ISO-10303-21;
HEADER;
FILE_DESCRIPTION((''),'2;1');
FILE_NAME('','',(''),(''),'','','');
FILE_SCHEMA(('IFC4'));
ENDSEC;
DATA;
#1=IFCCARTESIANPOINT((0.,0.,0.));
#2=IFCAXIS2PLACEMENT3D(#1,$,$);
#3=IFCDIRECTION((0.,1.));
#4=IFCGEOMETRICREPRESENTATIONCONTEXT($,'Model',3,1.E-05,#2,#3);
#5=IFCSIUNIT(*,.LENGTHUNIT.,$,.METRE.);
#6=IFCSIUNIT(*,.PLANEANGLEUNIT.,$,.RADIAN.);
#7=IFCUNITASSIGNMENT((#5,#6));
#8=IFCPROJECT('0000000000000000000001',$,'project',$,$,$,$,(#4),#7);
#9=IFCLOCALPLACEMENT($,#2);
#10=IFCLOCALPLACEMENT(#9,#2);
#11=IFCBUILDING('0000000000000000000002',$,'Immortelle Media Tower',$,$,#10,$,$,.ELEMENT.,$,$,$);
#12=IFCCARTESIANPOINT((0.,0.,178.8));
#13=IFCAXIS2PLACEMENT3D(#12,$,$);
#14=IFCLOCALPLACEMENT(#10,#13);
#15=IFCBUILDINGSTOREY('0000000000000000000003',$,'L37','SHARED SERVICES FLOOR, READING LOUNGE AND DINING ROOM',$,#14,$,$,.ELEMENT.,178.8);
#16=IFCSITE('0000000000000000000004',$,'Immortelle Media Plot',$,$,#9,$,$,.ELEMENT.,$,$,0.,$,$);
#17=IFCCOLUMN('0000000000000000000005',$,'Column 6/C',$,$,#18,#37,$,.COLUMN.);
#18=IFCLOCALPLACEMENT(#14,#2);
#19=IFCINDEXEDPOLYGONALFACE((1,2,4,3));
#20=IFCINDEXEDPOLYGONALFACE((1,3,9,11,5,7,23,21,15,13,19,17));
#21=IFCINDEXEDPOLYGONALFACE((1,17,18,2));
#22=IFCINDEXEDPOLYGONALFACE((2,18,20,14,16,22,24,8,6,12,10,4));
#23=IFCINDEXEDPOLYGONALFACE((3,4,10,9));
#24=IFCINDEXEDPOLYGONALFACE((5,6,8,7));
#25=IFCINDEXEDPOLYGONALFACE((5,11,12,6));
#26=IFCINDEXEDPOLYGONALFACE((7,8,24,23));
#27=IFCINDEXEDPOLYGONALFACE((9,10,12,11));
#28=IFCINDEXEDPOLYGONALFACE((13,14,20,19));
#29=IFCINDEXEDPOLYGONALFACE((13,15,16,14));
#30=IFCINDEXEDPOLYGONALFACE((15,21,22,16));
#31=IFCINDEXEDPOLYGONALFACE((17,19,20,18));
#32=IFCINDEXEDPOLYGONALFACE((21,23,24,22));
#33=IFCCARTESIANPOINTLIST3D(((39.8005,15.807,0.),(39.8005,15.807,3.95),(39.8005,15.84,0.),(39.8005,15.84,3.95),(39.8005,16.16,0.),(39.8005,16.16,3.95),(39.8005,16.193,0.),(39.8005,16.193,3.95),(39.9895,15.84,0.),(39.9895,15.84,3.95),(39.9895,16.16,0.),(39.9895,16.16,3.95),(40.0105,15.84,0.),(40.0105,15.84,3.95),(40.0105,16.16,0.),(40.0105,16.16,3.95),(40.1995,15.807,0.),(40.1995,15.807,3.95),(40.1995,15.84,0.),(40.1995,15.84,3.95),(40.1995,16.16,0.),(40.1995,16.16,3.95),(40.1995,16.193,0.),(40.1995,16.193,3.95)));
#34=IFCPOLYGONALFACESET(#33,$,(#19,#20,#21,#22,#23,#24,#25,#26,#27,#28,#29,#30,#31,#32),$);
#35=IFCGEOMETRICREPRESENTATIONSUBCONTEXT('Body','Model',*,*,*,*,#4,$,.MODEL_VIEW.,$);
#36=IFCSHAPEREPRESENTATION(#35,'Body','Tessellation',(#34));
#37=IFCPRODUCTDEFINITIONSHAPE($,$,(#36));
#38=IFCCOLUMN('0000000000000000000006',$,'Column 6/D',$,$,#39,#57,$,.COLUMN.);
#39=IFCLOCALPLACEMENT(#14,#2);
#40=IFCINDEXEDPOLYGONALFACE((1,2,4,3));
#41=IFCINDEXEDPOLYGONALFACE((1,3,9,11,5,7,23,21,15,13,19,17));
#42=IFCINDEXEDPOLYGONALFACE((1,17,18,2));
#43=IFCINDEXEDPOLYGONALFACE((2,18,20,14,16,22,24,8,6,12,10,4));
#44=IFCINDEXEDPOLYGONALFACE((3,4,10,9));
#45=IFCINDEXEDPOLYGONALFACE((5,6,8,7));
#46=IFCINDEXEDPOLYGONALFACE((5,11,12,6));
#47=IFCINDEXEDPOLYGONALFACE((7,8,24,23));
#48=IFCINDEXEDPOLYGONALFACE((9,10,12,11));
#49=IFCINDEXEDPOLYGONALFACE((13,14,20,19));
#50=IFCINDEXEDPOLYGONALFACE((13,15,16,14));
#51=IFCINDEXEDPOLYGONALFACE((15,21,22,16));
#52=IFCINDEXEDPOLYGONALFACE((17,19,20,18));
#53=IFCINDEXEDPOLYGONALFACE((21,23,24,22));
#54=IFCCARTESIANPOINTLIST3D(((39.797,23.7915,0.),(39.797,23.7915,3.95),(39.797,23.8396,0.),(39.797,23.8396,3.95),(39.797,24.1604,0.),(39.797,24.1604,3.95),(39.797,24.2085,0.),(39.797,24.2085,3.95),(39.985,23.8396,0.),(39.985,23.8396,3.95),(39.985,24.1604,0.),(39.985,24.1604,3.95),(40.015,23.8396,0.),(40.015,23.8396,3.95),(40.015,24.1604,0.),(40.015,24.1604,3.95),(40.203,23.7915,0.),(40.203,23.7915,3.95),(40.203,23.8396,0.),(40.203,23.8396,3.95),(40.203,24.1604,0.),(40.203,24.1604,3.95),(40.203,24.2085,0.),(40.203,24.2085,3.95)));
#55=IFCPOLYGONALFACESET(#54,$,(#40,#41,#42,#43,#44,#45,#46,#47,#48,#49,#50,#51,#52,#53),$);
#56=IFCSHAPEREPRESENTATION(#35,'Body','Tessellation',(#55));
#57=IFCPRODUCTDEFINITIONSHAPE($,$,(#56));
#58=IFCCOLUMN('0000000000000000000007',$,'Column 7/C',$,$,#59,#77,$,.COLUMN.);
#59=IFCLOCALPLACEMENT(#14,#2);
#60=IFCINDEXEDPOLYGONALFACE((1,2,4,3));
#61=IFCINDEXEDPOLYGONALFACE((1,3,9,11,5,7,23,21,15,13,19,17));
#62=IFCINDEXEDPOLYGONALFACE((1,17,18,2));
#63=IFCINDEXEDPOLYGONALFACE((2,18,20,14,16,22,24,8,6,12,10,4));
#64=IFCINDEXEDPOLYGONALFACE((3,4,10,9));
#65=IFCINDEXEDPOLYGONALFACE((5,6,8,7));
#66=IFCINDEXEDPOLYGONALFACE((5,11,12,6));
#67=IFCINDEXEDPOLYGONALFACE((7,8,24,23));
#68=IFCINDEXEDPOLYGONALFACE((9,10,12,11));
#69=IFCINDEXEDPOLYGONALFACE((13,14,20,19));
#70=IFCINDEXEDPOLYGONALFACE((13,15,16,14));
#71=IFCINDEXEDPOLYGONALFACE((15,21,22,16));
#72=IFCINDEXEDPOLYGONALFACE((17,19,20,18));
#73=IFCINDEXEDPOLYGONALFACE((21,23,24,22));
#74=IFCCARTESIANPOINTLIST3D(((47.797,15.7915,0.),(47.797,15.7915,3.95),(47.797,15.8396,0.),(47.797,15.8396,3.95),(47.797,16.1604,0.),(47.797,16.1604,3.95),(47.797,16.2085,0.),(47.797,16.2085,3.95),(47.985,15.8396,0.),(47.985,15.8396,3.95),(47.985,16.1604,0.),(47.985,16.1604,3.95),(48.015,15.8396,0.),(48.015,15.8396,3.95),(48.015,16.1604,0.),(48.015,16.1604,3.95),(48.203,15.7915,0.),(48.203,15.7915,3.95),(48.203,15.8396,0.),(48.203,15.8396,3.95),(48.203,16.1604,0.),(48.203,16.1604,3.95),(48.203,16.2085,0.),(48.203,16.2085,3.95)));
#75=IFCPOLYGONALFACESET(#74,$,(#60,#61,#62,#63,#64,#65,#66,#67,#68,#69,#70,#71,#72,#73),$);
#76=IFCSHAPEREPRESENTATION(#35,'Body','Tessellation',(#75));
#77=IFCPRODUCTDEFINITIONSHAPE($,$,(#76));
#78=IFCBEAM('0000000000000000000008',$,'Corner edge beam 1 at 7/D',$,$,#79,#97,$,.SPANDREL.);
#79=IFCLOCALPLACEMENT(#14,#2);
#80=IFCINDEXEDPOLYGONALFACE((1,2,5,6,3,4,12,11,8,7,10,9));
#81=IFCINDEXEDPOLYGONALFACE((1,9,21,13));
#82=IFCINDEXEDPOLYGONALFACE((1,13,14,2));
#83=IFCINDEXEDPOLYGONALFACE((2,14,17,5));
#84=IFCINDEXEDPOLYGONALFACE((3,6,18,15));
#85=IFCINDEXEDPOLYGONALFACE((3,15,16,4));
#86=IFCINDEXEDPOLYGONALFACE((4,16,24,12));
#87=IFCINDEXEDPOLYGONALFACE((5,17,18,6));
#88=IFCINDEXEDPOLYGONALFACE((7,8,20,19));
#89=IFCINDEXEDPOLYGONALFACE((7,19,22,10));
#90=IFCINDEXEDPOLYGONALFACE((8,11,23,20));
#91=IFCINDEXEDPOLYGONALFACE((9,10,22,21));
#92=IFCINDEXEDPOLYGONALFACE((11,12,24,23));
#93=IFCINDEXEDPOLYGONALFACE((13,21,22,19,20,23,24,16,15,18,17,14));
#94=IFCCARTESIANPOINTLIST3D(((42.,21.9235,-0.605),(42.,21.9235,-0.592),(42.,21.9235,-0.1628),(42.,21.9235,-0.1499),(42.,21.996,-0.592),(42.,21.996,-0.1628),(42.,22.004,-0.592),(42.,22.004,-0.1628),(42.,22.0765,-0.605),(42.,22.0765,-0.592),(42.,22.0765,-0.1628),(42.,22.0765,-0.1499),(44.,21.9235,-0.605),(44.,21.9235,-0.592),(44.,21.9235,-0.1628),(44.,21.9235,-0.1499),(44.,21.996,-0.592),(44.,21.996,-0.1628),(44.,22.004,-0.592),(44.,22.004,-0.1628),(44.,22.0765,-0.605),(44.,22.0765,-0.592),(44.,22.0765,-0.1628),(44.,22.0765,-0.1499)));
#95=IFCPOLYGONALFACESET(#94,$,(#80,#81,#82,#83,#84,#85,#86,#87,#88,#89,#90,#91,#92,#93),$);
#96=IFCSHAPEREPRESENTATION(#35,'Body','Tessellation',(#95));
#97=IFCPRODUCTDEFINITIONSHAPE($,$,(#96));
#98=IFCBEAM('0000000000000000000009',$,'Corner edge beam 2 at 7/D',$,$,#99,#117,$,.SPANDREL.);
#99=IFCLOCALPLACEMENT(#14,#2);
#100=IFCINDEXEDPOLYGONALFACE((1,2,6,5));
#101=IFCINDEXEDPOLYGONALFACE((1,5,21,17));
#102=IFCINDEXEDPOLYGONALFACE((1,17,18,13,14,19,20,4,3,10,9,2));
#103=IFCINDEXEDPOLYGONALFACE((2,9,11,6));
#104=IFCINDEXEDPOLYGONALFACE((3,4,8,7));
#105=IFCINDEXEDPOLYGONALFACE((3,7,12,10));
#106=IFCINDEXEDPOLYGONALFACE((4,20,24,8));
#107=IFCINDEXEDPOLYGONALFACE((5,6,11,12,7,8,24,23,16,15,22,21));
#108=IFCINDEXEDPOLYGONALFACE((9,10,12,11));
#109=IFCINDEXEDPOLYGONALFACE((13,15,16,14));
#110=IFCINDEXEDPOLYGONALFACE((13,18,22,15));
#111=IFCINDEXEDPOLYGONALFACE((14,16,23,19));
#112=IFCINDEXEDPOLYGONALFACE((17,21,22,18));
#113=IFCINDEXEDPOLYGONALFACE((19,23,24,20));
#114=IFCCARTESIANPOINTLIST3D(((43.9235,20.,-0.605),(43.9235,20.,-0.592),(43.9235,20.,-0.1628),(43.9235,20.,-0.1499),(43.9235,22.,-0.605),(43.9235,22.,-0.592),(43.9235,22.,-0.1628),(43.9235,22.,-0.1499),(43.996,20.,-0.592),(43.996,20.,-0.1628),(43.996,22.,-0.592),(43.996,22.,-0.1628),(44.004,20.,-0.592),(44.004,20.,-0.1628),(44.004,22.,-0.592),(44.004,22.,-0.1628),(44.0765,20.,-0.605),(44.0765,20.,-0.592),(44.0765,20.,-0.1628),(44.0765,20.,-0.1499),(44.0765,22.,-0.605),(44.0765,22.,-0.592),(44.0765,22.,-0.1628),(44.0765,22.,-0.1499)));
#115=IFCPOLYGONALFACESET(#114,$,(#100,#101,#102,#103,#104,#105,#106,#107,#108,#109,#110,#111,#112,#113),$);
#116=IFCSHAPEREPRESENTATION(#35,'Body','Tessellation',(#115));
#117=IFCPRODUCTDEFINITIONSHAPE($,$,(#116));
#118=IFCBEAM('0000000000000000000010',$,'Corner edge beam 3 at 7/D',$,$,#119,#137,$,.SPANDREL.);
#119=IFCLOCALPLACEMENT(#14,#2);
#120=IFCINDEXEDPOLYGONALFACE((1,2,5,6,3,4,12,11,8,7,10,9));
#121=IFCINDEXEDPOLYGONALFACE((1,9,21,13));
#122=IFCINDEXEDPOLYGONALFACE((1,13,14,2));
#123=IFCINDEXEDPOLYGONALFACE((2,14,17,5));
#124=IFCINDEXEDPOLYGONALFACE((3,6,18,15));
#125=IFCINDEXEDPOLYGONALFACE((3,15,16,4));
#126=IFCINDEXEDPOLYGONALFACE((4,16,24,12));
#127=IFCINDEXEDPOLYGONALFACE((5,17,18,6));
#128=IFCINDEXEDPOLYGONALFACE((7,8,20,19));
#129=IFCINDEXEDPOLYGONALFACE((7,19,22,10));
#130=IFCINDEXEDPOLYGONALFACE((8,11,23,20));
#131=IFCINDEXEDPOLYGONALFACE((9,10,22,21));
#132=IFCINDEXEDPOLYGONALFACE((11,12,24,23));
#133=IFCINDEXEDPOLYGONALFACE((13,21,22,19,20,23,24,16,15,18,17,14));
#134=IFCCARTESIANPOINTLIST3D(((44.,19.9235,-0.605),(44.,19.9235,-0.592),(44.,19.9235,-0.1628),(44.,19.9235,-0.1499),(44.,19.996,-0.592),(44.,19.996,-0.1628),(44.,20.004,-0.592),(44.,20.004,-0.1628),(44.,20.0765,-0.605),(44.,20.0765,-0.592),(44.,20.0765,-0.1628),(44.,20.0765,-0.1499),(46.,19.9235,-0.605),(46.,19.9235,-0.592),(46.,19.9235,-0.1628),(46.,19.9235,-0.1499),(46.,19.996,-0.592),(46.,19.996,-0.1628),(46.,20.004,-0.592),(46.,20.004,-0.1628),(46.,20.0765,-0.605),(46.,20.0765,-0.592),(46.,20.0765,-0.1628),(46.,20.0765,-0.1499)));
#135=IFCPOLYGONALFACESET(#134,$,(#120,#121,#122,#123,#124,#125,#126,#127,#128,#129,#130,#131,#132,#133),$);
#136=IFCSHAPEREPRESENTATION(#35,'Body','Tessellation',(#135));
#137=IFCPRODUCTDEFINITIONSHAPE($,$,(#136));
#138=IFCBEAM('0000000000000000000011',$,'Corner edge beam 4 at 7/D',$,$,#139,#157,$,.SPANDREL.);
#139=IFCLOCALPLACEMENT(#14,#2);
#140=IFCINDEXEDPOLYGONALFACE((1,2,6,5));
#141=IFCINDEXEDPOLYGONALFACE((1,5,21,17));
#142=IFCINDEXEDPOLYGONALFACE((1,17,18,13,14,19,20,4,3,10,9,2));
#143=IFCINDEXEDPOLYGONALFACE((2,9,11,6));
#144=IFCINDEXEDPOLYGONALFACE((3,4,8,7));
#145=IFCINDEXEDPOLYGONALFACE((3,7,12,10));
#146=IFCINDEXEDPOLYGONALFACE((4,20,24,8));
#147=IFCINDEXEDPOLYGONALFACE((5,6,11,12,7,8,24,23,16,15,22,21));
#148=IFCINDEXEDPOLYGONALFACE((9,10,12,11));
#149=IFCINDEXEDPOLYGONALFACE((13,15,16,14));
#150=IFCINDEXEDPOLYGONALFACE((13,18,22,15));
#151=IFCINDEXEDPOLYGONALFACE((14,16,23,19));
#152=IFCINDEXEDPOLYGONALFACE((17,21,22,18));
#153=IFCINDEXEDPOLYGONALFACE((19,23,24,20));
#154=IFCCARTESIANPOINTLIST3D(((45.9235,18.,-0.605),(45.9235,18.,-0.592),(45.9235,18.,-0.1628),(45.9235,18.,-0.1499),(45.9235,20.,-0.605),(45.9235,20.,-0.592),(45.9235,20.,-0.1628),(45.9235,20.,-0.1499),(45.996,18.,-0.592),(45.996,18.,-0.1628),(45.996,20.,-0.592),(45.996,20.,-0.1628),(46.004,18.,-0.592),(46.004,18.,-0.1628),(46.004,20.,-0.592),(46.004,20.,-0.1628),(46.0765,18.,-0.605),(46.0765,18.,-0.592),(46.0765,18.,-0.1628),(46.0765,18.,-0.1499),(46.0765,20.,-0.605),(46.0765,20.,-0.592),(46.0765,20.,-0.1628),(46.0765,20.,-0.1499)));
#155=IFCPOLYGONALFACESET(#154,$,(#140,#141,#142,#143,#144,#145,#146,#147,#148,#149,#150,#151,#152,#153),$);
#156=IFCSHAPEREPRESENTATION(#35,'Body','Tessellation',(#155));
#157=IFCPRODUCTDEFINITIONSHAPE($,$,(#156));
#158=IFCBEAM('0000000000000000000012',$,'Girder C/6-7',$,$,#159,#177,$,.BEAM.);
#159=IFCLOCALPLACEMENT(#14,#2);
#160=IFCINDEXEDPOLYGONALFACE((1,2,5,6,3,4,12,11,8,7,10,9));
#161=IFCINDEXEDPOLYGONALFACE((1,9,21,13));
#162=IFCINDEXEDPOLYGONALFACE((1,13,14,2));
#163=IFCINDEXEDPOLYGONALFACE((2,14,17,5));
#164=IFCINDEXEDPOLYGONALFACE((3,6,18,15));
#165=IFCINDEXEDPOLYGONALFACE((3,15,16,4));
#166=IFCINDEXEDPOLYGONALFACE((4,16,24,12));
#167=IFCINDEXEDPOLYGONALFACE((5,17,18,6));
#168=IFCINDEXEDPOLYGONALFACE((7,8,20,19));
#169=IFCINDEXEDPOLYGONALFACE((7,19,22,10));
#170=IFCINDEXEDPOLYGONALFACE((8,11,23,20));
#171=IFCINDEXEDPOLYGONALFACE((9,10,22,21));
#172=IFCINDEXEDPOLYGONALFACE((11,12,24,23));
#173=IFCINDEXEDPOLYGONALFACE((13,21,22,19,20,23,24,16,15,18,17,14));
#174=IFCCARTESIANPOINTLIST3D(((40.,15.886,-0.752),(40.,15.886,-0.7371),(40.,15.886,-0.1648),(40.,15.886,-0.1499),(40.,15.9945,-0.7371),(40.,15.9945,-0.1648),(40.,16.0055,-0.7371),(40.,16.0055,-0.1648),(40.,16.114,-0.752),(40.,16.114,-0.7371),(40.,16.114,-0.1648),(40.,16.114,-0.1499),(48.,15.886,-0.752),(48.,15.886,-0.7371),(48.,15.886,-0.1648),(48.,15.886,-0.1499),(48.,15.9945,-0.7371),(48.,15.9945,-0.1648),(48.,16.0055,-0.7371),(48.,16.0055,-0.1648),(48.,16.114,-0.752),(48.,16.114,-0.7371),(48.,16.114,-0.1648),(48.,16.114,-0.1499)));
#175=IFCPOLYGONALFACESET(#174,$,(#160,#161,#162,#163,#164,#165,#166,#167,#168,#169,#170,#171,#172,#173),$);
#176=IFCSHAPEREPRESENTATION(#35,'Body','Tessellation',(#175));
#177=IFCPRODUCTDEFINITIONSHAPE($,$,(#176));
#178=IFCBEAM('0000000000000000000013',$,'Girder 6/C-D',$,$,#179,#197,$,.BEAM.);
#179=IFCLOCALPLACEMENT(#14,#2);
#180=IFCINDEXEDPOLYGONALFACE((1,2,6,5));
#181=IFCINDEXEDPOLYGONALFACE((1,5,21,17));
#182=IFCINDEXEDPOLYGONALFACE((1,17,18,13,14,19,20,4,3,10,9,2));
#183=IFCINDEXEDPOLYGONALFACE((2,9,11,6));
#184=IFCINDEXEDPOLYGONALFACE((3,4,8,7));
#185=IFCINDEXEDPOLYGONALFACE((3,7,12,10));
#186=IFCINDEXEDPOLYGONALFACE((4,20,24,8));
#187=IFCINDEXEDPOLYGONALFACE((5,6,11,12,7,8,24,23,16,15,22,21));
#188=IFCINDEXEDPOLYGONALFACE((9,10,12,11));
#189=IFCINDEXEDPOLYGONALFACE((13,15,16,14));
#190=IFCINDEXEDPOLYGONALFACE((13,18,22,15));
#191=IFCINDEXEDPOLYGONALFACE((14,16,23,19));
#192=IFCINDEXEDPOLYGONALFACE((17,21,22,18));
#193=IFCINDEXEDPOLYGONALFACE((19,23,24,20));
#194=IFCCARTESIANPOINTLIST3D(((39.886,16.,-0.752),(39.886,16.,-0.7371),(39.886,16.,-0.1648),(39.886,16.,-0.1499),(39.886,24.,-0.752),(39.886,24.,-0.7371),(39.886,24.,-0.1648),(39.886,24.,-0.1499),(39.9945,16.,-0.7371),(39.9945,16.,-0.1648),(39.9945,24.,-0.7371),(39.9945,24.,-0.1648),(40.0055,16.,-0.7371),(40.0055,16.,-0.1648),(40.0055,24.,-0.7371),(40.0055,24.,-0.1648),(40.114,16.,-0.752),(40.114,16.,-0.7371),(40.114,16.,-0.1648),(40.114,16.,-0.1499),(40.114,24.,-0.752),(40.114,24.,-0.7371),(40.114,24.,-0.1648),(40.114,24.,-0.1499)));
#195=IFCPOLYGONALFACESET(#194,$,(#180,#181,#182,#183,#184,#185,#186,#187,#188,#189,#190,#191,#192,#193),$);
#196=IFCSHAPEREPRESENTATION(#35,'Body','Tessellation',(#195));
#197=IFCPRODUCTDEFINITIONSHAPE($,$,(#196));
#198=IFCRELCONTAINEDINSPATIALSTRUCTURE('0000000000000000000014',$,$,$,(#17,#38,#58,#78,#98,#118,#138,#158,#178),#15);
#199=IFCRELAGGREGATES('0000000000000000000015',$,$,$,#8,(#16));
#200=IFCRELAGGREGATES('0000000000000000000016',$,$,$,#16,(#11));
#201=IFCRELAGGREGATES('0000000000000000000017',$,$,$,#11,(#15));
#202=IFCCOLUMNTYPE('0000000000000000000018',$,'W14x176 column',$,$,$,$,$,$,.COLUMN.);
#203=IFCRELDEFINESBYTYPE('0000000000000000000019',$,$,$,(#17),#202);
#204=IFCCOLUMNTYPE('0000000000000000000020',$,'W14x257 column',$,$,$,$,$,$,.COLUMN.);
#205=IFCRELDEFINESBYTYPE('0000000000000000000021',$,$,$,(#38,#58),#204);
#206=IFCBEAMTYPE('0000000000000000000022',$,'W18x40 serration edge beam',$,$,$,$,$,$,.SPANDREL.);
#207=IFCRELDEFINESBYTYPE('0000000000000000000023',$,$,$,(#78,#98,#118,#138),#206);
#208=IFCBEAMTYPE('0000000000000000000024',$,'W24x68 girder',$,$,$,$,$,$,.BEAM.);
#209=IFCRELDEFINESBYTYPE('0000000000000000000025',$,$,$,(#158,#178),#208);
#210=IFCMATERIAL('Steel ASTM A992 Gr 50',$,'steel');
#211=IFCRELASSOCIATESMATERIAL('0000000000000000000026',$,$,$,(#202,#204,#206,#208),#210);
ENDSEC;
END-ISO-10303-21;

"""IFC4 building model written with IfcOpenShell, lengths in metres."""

from ifc_helpers import new_model, si_unit, direction, frame, origin, origin_2d, place, context, subcontext, project, spatial, i_section, extrude, material, material_profile, profile_set, type_object, element, save


model = new_model("IFC4")

# Units and contexts
model_context = context("Model", 3, precision=1e-05, world=origin(), true_north=direction((0.0, 1.0)))
body_context = subcontext(model_context, "Body", "Model", "MODEL_VIEW")
ifc_project = project(units=[si_unit("LENGTHUNIT", "METRE"), si_unit("PLANEANGLEUNIT", "RADIAN")], contexts=[model_context])

# Site, building, storey
site_placement = place(None, origin())
site = spatial("IfcSite", under=ifc_project, at=site_placement, Name="Immortelle Media Plot", CompositionType="ELEMENT", RefElevation=0.0)
building_placement = place(site_placement, origin())
building = spatial("IfcBuilding", under=site, at=building_placement, Name="Immortelle Media Tower", CompositionType="ELEMENT")
storey_placement = place(building_placement, frame((0.0, 0.0, 178.8)))
storey = spatial("IfcBuildingStorey", under=building, at=storey_placement, Name="L37", Description="SHARED SERVICES FLOOR, READING LOUNGE AND DINING ROOM", CompositionType="ELEMENT", Elevation=178.8)

# Columns
ifc_material_1 = material(Name="Steel ASTM A992 Gr 50", Category="steel")
ifc_material_profile_1 = material_profile(ifc_material_1, i_section(OverallWidth=0.3989, OverallDepth=0.386, WebThickness=0.021, FlangeThickness=0.033, at=origin_2d()), Name="W14x176")
ifc_profile_set_1 = profile_set([ifc_material_profile_1], Name="Steel ASTM A992 Gr 50")
column_type_1 = type_object("IfcColumnType", Name="W14x176 column", PredefinedType="COLUMN", material=ifc_profile_set_1)
column_placement = place(storey_placement, frame((40.0, 16.0, 0.0), z_axis=(0.0, 0.0, 1.0), x_axis=(1.0, 0.0, 0.0)))
element("IfcColumn", 1, at=column_placement, inside=storey, type_object=column_type_1, Name="Column 6/C", PredefinedType="COLUMN", context=body_context, shape_type="SweptSolid", body=[
    extrude(i_section(OverallWidth=0.3989, OverallDepth=0.386, WebThickness=0.021, FlangeThickness=0.033, at=origin_2d()), origin(), (0.0, 0.0, 1.0), 3.95),
])
ifc_material_profile_2 = material_profile(ifc_material_1, i_section(OverallWidth=0.406, OverallDepth=0.417, WebThickness=0.03, FlangeThickness=0.0481, at=origin_2d()), Name="W14x257")
ifc_profile_set_2 = profile_set([ifc_material_profile_2], Name="Steel ASTM A992 Gr 50")
column_type_2 = type_object("IfcColumnType", Name="W14x257 column", PredefinedType="COLUMN", material=ifc_profile_set_2)
for number, where, z_axis, x_axis, name in (
    (2, (40.0, 24.0, 0.0), (0.0, 0.0, 1.0), (1.0, 0.0, 0.0), "Column 6/D"),
    (3, (48.0, 16.0, 0.0), (0.0, 0.0, 1.0), (1.0, 0.0, 0.0), "Column 7/C"),
):
    element("IfcColumn", number, at=place(storey_placement, frame(where, z_axis=z_axis, x_axis=x_axis)), inside=storey, type_object=column_type_2, Name=name, PredefinedType="COLUMN", context=body_context, shape_type="SweptSolid", body=[
        extrude(i_section(OverallWidth=0.406, OverallDepth=0.417, WebThickness=0.03, FlangeThickness=0.0481, at=origin_2d()), origin(), (0.0, 0.0, 1.0), 3.95),
    ])

# Beams
ifc_material_profile_3 = material_profile(ifc_material_1, i_section(OverallWidth=0.1531, OverallDepth=0.4551, WebThickness=0.0081, FlangeThickness=0.0129, at=origin_2d()), Name="W18x40")
ifc_profile_set_3 = profile_set([ifc_material_profile_3], Name="Steel ASTM A992 Gr 50")
beam_type_1 = type_object("IfcBeamType", Name="W18x40 serration edge beam", PredefinedType="SPANDREL", material=ifc_profile_set_3)
for number, where, z_axis, x_axis, name in (
    (4, (42.0, 22.0, -0.3774), (1.0, 0.0, 0.0), (0.0, 1.0, 0.0), "Corner edge beam 1 at 7/D"),
    (5, (44.0, 22.0, -0.3774), (0.0, -1.0, 0.0), (1.0, 0.0, 0.0), "Corner edge beam 2 at 7/D"),
    (6, (44.0, 20.0, -0.3774), (1.0, 0.0, 0.0), (0.0, 1.0, 0.0), "Corner edge beam 3 at 7/D"),
    (7, (46.0, 20.0, -0.3774), (0.0, -1.0, 0.0), (1.0, 0.0, 0.0), "Corner edge beam 4 at 7/D"),
):
    element("IfcBeam", number, at=place(storey_placement, frame(where, z_axis=z_axis, x_axis=x_axis)), inside=storey, type_object=beam_type_1, Name=name, PredefinedType="SPANDREL", context=body_context, shape_type="SweptSolid", body=[
        extrude(i_section(OverallWidth=0.1531, OverallDepth=0.4551, WebThickness=0.0081, FlangeThickness=0.0129, at=origin_2d()), origin(), (0.0, 0.0, 1.0), 2.0),
    ])
ifc_material_profile_4 = material_profile(ifc_material_1, i_section(OverallWidth=0.228, OverallDepth=0.6021, WebThickness=0.011, FlangeThickness=0.0149, at=origin_2d()), Name="W24x68")
ifc_profile_set_4 = profile_set([ifc_material_profile_4], Name="Steel ASTM A992 Gr 50")
beam_type_2 = type_object("IfcBeamType", Name="W24x68 girder", PredefinedType="BEAM", material=ifc_profile_set_4)
for number, where, z_axis, x_axis, name in (
    (8, (40.0, 16.0, -0.4509), (1.0, 0.0, 0.0), (0.0, 1.0, 0.0), "Girder C/6-7"),
    (9, (40.0, 16.0, -0.4509), (0.0, 1.0, 0.0), (-1.0, 0.0, 0.0), "Girder 6/C-D"),
):
    element("IfcBeam", number, at=place(storey_placement, frame(where, z_axis=z_axis, x_axis=x_axis)), inside=storey, type_object=beam_type_2, Name=name, PredefinedType="BEAM", context=body_context, shape_type="SweptSolid", body=[
        extrude(i_section(OverallWidth=0.228, OverallDepth=0.6021, WebThickness=0.011, FlangeThickness=0.0149, at=origin_2d()), origin(), (0.0, 0.0, 1.0), 8.0),
    ])

save(model, "model.ifc")
